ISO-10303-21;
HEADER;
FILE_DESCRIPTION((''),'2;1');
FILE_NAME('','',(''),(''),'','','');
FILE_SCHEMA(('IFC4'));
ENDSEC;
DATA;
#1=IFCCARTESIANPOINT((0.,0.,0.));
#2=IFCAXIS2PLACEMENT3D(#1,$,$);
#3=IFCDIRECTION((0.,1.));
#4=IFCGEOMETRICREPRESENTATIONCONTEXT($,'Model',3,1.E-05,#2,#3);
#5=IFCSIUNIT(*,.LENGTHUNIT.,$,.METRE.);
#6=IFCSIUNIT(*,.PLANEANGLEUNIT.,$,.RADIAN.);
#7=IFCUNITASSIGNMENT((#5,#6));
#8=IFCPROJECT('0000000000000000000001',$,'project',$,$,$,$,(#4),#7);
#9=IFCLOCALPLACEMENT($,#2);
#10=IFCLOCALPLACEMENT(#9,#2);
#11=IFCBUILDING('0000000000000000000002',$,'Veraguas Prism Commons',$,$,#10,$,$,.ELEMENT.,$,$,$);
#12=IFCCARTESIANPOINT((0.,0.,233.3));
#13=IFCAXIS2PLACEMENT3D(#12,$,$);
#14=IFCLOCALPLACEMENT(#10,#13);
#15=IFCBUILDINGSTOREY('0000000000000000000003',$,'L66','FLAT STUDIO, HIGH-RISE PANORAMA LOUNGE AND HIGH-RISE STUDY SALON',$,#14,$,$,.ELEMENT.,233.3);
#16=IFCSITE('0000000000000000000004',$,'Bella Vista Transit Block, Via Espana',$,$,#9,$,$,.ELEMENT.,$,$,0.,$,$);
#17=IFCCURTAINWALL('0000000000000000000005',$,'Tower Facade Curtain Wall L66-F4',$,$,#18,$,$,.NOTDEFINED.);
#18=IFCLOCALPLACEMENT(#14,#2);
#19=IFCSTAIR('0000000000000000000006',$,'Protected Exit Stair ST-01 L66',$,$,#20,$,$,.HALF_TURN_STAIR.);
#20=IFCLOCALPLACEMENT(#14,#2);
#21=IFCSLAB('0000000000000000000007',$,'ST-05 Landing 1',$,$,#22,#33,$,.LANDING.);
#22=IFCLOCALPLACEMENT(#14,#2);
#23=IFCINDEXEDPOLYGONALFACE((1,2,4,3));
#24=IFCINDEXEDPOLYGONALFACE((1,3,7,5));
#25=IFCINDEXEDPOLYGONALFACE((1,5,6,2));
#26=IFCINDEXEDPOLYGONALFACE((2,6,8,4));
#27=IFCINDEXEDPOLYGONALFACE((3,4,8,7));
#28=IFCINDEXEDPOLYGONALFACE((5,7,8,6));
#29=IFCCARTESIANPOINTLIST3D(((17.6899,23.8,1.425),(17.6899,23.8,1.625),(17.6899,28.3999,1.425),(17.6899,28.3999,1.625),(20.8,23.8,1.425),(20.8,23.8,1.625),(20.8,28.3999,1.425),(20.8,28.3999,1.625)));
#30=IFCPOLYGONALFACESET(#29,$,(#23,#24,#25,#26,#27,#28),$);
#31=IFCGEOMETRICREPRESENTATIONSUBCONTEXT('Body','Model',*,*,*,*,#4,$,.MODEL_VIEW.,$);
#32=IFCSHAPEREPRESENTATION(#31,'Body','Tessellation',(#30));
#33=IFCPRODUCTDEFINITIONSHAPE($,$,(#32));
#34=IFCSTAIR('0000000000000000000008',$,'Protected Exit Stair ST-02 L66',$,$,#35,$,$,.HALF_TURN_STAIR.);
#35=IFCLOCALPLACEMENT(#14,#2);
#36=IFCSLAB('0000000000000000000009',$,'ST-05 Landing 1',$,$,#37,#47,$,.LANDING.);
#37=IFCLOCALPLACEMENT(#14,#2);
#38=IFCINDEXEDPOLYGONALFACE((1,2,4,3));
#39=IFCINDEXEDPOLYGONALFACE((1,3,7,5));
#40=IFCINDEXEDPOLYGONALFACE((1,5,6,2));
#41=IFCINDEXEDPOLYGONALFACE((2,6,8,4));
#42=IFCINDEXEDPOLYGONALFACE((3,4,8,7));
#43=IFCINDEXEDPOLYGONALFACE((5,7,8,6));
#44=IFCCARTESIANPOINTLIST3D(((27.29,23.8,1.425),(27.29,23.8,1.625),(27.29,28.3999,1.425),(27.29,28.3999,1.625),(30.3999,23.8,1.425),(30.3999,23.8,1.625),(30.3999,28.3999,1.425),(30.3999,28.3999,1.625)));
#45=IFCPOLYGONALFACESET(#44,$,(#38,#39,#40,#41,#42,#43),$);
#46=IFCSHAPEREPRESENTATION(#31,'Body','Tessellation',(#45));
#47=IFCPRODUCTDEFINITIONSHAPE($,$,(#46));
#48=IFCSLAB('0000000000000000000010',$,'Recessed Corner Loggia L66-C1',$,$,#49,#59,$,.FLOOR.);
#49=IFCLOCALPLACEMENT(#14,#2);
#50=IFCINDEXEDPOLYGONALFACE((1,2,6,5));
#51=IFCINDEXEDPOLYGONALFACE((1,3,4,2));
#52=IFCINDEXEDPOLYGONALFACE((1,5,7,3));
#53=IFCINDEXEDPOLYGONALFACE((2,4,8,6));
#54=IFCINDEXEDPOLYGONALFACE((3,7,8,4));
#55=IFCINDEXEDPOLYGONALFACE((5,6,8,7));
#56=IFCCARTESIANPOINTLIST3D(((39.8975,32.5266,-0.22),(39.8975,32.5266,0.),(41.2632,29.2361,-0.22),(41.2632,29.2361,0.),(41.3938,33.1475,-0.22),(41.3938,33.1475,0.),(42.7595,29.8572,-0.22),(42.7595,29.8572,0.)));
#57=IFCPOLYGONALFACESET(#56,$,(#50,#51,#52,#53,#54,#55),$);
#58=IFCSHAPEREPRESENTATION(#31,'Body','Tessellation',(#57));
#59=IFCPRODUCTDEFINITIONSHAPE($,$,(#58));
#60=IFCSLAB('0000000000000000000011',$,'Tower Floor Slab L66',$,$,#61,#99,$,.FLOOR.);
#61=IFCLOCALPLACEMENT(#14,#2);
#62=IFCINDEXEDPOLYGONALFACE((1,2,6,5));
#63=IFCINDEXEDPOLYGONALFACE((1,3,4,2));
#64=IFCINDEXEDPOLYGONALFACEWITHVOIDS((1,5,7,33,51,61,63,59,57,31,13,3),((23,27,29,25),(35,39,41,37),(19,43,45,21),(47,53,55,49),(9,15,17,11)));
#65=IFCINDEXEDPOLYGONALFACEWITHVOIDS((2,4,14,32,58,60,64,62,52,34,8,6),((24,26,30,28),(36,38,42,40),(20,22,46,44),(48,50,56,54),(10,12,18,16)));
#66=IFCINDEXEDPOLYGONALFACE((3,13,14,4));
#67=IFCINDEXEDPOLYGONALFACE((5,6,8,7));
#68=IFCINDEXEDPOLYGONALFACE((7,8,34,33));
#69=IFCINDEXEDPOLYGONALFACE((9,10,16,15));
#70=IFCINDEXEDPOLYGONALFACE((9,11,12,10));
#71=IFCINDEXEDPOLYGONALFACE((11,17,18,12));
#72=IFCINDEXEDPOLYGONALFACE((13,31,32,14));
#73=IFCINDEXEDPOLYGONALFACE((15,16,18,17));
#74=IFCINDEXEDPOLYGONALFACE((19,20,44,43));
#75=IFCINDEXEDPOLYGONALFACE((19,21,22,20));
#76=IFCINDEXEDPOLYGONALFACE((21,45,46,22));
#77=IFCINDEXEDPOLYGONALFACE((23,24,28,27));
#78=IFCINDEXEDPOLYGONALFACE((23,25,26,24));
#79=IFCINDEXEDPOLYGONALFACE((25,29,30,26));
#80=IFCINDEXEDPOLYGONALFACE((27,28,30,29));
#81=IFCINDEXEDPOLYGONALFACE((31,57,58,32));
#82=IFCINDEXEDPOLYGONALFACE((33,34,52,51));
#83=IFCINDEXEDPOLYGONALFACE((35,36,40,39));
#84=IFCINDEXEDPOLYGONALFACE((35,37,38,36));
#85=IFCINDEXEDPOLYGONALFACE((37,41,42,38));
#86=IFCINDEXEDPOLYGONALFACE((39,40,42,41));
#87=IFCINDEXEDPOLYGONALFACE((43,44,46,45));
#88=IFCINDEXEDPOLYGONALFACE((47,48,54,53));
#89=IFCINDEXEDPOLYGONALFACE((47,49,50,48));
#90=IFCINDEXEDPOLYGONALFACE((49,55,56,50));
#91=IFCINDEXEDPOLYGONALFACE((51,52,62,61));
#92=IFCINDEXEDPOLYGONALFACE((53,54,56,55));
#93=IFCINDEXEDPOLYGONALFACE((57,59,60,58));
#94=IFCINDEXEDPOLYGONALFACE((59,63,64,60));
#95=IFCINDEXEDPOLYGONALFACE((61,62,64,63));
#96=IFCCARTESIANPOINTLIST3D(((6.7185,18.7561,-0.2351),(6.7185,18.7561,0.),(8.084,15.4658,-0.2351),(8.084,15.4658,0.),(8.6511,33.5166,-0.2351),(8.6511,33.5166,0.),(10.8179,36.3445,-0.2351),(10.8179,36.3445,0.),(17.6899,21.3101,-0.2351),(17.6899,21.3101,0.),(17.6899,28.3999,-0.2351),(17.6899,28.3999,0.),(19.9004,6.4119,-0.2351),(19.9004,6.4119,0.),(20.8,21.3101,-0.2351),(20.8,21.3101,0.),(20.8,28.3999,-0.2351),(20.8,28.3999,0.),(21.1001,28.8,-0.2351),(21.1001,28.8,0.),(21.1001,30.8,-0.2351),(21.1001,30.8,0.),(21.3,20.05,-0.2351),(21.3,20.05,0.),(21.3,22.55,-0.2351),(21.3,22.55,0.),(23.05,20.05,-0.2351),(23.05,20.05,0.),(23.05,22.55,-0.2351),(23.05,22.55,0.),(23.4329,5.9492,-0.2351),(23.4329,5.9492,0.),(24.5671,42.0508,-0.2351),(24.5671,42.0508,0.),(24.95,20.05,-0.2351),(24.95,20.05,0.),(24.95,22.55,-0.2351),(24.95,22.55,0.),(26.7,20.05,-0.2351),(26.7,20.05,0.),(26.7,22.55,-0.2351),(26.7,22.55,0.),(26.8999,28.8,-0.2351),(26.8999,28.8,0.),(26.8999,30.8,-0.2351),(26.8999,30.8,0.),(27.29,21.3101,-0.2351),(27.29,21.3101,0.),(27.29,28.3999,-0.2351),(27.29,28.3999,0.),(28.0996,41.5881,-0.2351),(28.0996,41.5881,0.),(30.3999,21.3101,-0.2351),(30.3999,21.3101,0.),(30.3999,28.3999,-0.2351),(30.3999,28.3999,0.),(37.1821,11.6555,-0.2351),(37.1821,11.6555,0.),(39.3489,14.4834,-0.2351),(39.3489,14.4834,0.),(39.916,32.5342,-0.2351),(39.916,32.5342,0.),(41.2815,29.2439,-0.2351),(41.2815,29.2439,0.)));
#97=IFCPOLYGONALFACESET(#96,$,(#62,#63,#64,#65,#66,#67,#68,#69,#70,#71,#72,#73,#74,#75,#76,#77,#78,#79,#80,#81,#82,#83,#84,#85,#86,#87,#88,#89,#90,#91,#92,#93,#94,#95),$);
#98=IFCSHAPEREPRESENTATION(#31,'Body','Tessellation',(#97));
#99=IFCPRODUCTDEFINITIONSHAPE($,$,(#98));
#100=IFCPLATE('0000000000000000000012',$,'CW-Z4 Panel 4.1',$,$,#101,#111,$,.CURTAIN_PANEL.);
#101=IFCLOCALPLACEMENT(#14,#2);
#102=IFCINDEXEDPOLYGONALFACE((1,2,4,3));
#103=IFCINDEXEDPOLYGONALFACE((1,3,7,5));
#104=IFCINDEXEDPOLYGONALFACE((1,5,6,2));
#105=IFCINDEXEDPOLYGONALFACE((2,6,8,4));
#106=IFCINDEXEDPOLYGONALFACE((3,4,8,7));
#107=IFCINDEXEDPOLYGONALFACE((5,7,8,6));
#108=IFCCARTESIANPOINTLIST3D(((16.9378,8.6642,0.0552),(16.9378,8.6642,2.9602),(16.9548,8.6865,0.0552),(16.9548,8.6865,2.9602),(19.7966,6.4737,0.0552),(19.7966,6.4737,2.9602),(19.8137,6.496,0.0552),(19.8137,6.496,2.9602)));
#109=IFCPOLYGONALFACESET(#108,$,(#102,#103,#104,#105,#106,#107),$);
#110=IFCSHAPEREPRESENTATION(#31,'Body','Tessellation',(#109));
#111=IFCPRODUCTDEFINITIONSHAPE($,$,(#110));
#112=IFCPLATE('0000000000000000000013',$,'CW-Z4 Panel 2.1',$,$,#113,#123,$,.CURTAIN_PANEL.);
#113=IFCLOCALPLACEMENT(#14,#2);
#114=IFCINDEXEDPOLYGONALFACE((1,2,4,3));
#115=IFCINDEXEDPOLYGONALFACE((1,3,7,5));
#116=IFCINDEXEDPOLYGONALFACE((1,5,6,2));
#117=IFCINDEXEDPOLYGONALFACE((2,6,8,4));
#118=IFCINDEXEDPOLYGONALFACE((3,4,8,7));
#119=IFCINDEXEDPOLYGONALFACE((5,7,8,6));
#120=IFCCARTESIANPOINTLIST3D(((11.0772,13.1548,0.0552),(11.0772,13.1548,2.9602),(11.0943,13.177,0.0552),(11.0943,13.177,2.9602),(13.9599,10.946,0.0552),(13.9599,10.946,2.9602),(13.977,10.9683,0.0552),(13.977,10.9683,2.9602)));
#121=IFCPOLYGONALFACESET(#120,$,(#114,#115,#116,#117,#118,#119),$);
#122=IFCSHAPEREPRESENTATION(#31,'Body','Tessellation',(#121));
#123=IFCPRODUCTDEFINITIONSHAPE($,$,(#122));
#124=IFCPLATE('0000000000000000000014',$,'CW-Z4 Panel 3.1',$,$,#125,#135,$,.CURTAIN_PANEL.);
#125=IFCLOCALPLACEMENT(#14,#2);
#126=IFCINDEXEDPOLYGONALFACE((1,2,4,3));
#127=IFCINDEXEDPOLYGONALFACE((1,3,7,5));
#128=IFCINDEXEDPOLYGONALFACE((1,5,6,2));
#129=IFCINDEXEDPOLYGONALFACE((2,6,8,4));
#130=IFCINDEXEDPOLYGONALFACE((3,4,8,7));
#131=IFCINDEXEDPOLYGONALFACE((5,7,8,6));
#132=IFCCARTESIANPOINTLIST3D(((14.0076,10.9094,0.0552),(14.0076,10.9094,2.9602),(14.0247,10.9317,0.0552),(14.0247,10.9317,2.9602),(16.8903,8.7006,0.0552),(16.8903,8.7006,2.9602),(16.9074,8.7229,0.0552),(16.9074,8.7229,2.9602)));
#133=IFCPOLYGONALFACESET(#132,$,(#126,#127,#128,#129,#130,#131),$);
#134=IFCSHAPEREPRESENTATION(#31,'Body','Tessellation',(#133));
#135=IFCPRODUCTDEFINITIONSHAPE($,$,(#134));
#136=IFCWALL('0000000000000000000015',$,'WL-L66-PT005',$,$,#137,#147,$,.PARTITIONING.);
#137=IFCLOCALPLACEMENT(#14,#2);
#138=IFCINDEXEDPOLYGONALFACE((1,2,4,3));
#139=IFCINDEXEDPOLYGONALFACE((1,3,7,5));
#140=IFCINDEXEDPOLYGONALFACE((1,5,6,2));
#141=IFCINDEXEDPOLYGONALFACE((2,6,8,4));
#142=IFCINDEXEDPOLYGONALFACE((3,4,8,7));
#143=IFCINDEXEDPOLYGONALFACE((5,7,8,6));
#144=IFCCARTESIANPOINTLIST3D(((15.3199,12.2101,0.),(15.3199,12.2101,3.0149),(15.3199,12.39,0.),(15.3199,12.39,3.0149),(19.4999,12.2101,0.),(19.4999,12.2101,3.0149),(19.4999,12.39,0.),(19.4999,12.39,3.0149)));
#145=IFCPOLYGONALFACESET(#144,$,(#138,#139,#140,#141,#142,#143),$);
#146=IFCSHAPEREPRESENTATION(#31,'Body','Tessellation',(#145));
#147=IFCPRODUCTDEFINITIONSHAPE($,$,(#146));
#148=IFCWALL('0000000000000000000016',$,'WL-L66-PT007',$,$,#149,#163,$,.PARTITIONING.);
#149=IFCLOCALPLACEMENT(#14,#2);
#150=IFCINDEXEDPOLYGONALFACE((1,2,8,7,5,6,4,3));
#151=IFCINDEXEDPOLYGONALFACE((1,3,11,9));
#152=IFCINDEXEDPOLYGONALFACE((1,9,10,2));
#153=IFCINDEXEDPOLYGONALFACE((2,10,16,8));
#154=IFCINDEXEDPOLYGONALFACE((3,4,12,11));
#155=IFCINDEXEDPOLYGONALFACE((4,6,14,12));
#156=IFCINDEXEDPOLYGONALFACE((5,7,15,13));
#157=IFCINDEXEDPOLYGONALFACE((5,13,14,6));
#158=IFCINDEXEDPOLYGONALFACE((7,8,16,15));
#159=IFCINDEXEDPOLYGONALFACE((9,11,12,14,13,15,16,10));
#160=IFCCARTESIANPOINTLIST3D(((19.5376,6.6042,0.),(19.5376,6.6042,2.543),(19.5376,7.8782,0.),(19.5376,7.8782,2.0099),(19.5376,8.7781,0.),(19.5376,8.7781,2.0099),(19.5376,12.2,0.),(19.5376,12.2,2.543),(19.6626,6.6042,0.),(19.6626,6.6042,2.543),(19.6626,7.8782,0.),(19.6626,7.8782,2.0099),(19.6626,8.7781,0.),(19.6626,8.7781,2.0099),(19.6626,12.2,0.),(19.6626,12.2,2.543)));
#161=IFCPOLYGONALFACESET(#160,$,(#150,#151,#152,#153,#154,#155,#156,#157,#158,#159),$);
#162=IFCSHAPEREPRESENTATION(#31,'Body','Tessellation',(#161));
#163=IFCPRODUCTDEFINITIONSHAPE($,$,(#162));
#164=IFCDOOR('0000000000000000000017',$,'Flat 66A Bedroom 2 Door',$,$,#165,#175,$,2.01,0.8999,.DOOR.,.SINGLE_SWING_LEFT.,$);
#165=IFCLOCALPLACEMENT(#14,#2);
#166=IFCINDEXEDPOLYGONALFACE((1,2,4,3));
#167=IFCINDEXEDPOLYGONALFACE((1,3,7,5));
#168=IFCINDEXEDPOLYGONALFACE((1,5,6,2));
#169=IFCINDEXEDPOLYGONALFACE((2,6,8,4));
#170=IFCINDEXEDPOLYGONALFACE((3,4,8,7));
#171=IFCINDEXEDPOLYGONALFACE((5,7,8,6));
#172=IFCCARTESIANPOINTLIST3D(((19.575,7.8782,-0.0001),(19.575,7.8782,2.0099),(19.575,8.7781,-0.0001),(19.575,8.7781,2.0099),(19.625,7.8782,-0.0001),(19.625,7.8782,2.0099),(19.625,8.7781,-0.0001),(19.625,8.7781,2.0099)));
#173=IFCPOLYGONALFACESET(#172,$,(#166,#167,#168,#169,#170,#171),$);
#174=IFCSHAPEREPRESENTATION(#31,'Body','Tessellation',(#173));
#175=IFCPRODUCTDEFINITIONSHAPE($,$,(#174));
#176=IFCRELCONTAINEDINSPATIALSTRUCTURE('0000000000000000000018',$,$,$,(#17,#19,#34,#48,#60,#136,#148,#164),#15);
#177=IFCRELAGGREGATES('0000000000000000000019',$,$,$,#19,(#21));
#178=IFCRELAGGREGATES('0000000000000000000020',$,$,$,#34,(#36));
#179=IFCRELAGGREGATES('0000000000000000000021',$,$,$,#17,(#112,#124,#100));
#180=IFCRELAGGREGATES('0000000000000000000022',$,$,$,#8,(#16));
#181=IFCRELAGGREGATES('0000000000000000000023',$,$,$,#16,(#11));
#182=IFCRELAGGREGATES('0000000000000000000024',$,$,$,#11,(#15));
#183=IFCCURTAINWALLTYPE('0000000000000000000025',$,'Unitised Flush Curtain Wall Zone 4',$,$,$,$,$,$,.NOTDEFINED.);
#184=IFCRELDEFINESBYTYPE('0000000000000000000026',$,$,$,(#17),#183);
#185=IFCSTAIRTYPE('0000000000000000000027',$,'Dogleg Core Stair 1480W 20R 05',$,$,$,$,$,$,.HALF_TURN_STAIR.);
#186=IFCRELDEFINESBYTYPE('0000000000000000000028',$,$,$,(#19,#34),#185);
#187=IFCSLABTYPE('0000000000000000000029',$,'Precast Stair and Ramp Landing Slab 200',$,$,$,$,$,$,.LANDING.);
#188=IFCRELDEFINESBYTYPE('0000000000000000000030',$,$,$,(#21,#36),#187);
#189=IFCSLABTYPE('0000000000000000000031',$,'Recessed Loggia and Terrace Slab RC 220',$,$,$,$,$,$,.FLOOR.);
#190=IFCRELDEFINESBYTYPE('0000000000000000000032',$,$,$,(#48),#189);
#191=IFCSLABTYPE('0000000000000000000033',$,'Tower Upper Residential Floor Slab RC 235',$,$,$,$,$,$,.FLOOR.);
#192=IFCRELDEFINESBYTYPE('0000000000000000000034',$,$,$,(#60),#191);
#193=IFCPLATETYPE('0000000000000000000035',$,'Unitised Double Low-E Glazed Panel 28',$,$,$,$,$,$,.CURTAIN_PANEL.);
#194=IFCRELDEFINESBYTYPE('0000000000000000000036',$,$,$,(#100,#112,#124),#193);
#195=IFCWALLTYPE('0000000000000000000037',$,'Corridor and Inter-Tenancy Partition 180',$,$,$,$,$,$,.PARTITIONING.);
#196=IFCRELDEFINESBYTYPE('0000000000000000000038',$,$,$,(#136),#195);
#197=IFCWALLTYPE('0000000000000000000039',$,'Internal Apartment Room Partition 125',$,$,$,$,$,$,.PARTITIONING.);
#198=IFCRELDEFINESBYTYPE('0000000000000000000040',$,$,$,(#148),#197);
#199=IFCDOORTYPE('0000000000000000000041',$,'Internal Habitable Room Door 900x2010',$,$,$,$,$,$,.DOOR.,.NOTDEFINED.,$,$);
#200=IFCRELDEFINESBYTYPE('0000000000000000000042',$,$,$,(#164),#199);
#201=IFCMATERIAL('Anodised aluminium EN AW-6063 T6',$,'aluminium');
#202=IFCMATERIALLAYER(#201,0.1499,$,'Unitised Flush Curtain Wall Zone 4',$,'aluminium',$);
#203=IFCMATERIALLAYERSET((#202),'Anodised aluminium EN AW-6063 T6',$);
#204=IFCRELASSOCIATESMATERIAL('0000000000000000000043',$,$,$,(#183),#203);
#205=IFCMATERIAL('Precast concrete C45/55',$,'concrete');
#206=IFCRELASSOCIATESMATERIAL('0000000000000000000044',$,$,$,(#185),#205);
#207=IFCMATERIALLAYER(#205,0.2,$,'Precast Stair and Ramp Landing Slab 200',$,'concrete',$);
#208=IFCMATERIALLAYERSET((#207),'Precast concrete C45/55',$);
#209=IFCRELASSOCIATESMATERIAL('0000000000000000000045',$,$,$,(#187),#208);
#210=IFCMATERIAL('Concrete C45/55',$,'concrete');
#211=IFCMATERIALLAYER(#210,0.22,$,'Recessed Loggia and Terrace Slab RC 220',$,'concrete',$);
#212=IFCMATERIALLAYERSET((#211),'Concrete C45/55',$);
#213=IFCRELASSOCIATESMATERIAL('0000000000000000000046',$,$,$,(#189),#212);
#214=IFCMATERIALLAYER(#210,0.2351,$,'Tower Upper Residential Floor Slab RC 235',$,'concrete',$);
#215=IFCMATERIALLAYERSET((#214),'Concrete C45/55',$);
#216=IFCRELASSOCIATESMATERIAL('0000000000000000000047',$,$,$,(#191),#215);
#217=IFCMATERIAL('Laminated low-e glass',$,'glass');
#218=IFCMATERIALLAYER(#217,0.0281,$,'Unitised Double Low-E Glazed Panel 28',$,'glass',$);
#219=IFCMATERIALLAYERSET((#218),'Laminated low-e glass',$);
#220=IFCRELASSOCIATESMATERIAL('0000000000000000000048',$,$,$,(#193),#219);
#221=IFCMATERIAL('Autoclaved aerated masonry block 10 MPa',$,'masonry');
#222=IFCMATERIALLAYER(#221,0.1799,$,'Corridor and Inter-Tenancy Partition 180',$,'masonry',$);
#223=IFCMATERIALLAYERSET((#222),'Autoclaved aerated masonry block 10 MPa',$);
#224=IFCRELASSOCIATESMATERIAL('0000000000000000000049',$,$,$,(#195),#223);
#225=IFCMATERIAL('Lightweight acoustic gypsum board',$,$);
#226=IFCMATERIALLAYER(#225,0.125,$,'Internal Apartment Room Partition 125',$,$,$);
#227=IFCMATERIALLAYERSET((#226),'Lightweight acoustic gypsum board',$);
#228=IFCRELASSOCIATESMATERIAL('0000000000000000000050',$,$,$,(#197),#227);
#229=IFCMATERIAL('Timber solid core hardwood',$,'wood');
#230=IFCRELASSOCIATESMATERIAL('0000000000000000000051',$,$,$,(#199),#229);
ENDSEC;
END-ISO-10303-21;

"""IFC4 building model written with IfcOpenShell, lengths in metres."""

from ifc_helpers import new_model, si_unit, direction, frame, frame_2d, origin, origin_2d, place, context, subcontext, project, spatial, polyline, rectangle, outline, extrude, source, transform, mapped, material, layer, layer_set, type_object, element, fill, aggregate, save


model = new_model("IFC4")

# Units and contexts
model_context = context("Model", 3, precision=1e-05, world=origin(), true_north=direction((0.0, 1.0)))
body_context = subcontext(model_context, "Body", "Model", "MODEL_VIEW")
ifc_project = project(units=[si_unit("LENGTHUNIT", "METRE"), si_unit("PLANEANGLEUNIT", "RADIAN")], contexts=[model_context])

# Site, building, storey
site_placement = place(None, origin())
site = spatial("IfcSite", under=ifc_project, at=site_placement, Name="Bella Vista Transit Block, Via Espana", CompositionType="ELEMENT", RefElevation=0.0)
building_placement = place(site_placement, origin())
building = spatial("IfcBuilding", under=site, at=building_placement, Name="Veraguas Prism Commons", CompositionType="ELEMENT")
storey_placement = place(building_placement, frame((0.0, 0.0, 233.3)))
storey = spatial("IfcBuildingStorey", under=building, at=storey_placement, Name="L66", Description="FLAT STUDIO, HIGH-RISE PANORAMA LOUNGE AND HIGH-RISE STUDY SALON", CompositionType="ELEMENT", Elevation=233.3)

# Curtain wall
ifc_material_1 = material(Name="Anodised aluminium EN AW-6063 T6", Category="aluminium")
ifc_layer_1 = layer(ifc_material_1, 0.1499, Name="Unitised Flush Curtain Wall Zone 4", Category="aluminium")
ifc_layer_set_1 = layer_set([ifc_layer_1], Name="Anodised aluminium EN AW-6063 T6")
curtain_wall_type = type_object("IfcCurtainWallType", Name="Unitised Flush Curtain Wall Zone 4", PredefinedType="NOTDEFINED", material=ifc_layer_set_1)
curtain_wall_1_placement = place(storey_placement, origin())
curtain_wall_1 = element("IfcCurtainWall", 1, at=curtain_wall_1_placement, inside=storey, type_object=curtain_wall_type, Name="Tower Facade Curtain Wall L66-F4", PredefinedType="NOTDEFINED")

# Stairs, slabs
ifc_material_2 = material(Name="Precast concrete C45/55", Category="concrete")
stair_type = type_object("IfcStairType", Name="Dogleg Core Stair 1480W 20R 05", PredefinedType="HALF_TURN_STAIR", material=ifc_material_2)
stair_1_placement = place(storey_placement, origin())
stair_1 = element("IfcStair", 2, at=stair_1_placement, inside=storey, type_object=stair_type, Name="Protected Exit Stair ST-01 L66", PredefinedType="HALF_TURN_STAIR")
ifc_layer_2 = layer(ifc_material_2, 0.2, Name="Precast Stair and Ramp Landing Slab 200", Category="concrete")
ifc_layer_set_2 = layer_set([ifc_layer_2], Name="Precast concrete C45/55")
slab_type_1 = type_object("IfcSlabType", Name="Precast Stair and Ramp Landing Slab 200", PredefinedType="LANDING", material=ifc_layer_set_2)
slab_1_placement = place(storey_placement, frame((0.0, 0.0, 1.425)))
slab_1 = element("IfcSlab", 3, at=slab_1_placement, type_object=slab_type_1, Name="ST-05 Landing 1", PredefinedType="LANDING", context=body_context, shape_type="SweptSolid", body=[
    extrude(outline(polyline([(20.8, 23.8), (20.8, 28.3999), (17.6899, 28.3999), (17.6899, 23.8), (20.8, 23.8)])), origin(), (0.0, 0.0, 1.0), 0.2),
])
aggregate(stair_1, [slab_1])
stair_2_placement = place(storey_placement, origin())
stair_2 = element("IfcStair", 4, at=stair_2_placement, inside=storey, type_object=stair_type, Name="Protected Exit Stair ST-02 L66", PredefinedType="HALF_TURN_STAIR")
slab_2_placement = place(storey_placement, frame((0.0, 0.0, 1.425)))
slab_2 = element("IfcSlab", 5, at=slab_2_placement, type_object=slab_type_1, Name="ST-05 Landing 1", PredefinedType="LANDING", context=body_context, shape_type="SweptSolid", body=[
    extrude(outline(polyline([(30.3999, 23.8), (30.3999, 28.3999), (27.29, 28.3999), (27.29, 23.8), (30.3999, 23.8)])), origin(), (0.0, 0.0, 1.0), 0.2),
])
aggregate(stair_2, [slab_2])

# Slabs
ifc_material_3 = material(Name="Concrete C45/55", Category="concrete")
ifc_layer_3 = layer(ifc_material_3, 0.22, Name="Recessed Loggia and Terrace Slab RC 220", Category="concrete")
ifc_layer_set_3 = layer_set([ifc_layer_3], Name="Concrete C45/55")
slab_type_2 = type_object("IfcSlabType", Name="Recessed Loggia and Terrace Slab RC 220", PredefinedType="FLOOR", material=ifc_layer_set_3)
slab_3_placement = place(storey_placement, frame((0.0, 0.0, -0.22)))
element("IfcSlab", 6, at=slab_3_placement, inside=storey, type_object=slab_type_2, Name="Recessed Corner Loggia L66-C1", PredefinedType="FLOOR", context=body_context, shape_type="SweptSolid", body=[
    extrude(outline(polyline([(41.2632, 29.2361), (42.7595, 29.8572), (41.3938, 33.1475), (39.8975, 32.5266), (41.2632, 29.2361)])), origin(), (0.0, 0.0, 1.0), 0.22),
])
ifc_layer_4 = layer(ifc_material_3, 0.2351, Name="Tower Upper Residential Floor Slab RC 235", Category="concrete")
ifc_layer_set_4 = layer_set([ifc_layer_4], Name="Concrete C45/55")
slab_type_3 = type_object("IfcSlabType", Name="Tower Upper Residential Floor Slab RC 235", PredefinedType="FLOOR", material=ifc_layer_set_4)
slab_4_placement = place(storey_placement, frame((0.0, 0.0, -0.2351)))
element("IfcSlab", 7, at=slab_4_placement, inside=storey, type_object=slab_type_3, Name="Tower Floor Slab L66", PredefinedType="FLOOR", context=body_context, shape_type="SweptSolid", body=[
    extrude(outline(polyline([(41.2815, 29.2439), (39.916, 32.5342), (28.0996, 41.5881), (24.5671, 42.0508), (10.8179, 36.3445), (8.6511, 33.5166), (6.7185, 18.7561), (8.084, 15.4658), (19.9004, 6.4119), (23.4329, 5.9492), (37.1821, 11.6555), (39.3489, 14.4834), (41.2815, 29.2439)]), holes=[polyline([(20.8, 21.3101), (20.8, 28.3999), (17.6899, 28.3999), (17.6899, 21.3101), (20.8, 21.3101)]), polyline([(30.3999, 21.3101), (30.3999, 28.3999), (27.29, 28.3999), (27.29, 21.3101), (30.3999, 21.3101)]), polyline([(21.1001, 28.8), (26.8999, 28.8), (26.8999, 30.8), (21.1001, 30.8), (21.1001, 28.8)]), polyline([(21.3, 20.05), (23.05, 20.05), (23.05, 22.55), (21.3, 22.55), (21.3, 20.05)]), polyline([(24.95, 20.05), (26.7, 20.05), (26.7, 22.55), (24.95, 22.55), (24.95, 20.05)])]), origin(), (0.0, 0.0, 1.0), 0.2351),
])

# Plates
ifc_material_4 = material(Name="Laminated low-e glass", Category="glass")
ifc_layer_5 = layer(ifc_material_4, 0.0281, Name="Unitised Double Low-E Glazed Panel 28", Category="glass")
ifc_layer_set_5 = layer_set([ifc_layer_5], Name="Laminated low-e glass")
plate_type = type_object("IfcPlateType", Name="Unitised Double Low-E Glazed Panel 28", PredefinedType="CURTAIN_PANEL", material=ifc_layer_set_5)
shared_shape_1 = source(origin(), body_context, "Body", "SweptSolid", [
    extrude(rectangle(XDim=3.6016, YDim=0.0281, at=origin_2d()), origin(), (0.0, 0.0, 1.0), 2.905),
])
plate_1_placement = place(storey_placement, frame((18.3757, 7.5801, 0.0552), z_axis=(0.0, 0.0, 1.0), x_axis=(0.79378, -0.608205, 0.0)))
plate_1 = element("IfcPlate", 8, at=plate_1_placement, type_object=plate_type, Name="CW-Z4 Panel 4.1", PredefinedType="CURTAIN_PANEL", context=body_context, shape_type="MappedRepresentation", body=[
    mapped(shared_shape_1, transform((0.0, 0.0, 0.0), scale=1.0)),
])
shared_shape_2 = source(origin(), body_context, "Body", "SweptSolid", [
    extrude(rectangle(XDim=3.6316, YDim=0.0281, at=origin_2d()), origin(), (0.0, 0.0, 1.0), 2.905),
])
plate_2_placement = place(storey_placement, frame((12.5271, 12.0615, 0.0552), z_axis=(0.0, 0.0, 1.0), x_axis=(0.79378, -0.608205, 0.0)))
plate_2 = element("IfcPlate", 9, at=plate_2_placement, type_object=plate_type, Name="CW-Z4 Panel 2.1", PredefinedType="CURTAIN_PANEL", context=body_context, shape_type="MappedRepresentation", body=[
    mapped(shared_shape_2, transform((0.0, 0.0, 0.0), scale=1.0)),
])
plate_3_placement = place(storey_placement, frame((15.4575, 9.8162, 0.0552), z_axis=(0.0, 0.0, 1.0), x_axis=(0.79378, -0.608205, 0.0)))
plate_3 = element("IfcPlate", 10, at=plate_3_placement, type_object=plate_type, Name="CW-Z4 Panel 3.1", PredefinedType="CURTAIN_PANEL", context=body_context, shape_type="MappedRepresentation", body=[
    mapped(shared_shape_2, transform((0.0, 0.0, 0.0), scale=1.0)),
])
aggregate(curtain_wall_1, [plate_2, plate_3, plate_1])

# Wall
ifc_material_5 = material(Name="Autoclaved aerated masonry block 10 MPa", Category="masonry")
ifc_layer_6 = layer(ifc_material_5, 0.1799, Name="Corridor and Inter-Tenancy Partition 180", Category="masonry")
ifc_layer_set_6 = layer_set([ifc_layer_6], Name="Autoclaved aerated masonry block 10 MPa")
wall_type_1 = type_object("IfcWallType", Name="Corridor and Inter-Tenancy Partition 180", PredefinedType="PARTITIONING", material=ifc_layer_set_6)
wall_1_placement = place(storey_placement, frame((15.3201, 12.3, 0.0), z_axis=(0.0, 0.0, 1.0), x_axis=(1.0, 0.0, 0.0)))
element("IfcWall", 11, at=wall_1_placement, inside=storey, type_object=wall_type_1, Name="WL-L66-PT005", PredefinedType="PARTITIONING", context=body_context, shape_type="SweptSolid", body=[
    extrude(rectangle(XDim=4.1799, YDim=0.1799, at=frame_2d((2.0898, 0.0))), origin(), (0.0, 0.0, 1.0), 3.0149),
])

# Wall, opening, door
ifc_material_6 = material(Name="Lightweight acoustic gypsum board")
ifc_layer_7 = layer(ifc_material_6, 0.125, Name="Internal Apartment Room Partition 125")
ifc_layer_set_7 = layer_set([ifc_layer_7], Name="Lightweight acoustic gypsum board")
wall_type_2 = type_object("IfcWallType", Name="Internal Apartment Room Partition 125", PredefinedType="PARTITIONING", material=ifc_layer_set_7)
wall_2_placement = place(storey_placement, frame((19.6001, 12.2, 0.0), z_axis=(0.0, 0.0, 1.0), x_axis=(0.0, -1.0, 0.0)))
wall_2 = element("IfcWall", 12, at=wall_2_placement, inside=storey, type_object=wall_type_2, Name="WL-L66-PT007", PredefinedType="PARTITIONING", context=body_context, shape_type="SweptSolid", body=[
    extrude(rectangle(XDim=5.5957, YDim=0.125, at=frame_2d((2.7979, 0.0))), origin(), (0.0, 0.0, 1.0), 2.543),
])
opening_1_placement = place(wall_2_placement, frame((3.4219, 0.0, 0.0)))
opening_1 = element("IfcOpeningElement", 13, at=opening_1_placement, cuts=wall_2, PredefinedType="OPENING", context=body_context, shape_type="SweptSolid", body=[
    extrude(rectangle(XDim=0.8999, YDim=2.01, at=frame_2d((0.45, 1.0049))), frame((0.0, 0.0725, 0.0), z_axis=(0.0, -1.0, 0.0), x_axis=(1.0, 0.0, 0.0)), (0.0, 0.0, 1.0), 0.145),
])
ifc_material_7 = material(Name="Timber solid core hardwood", Category="wood")
door_type_1 = type_object("IfcDoorType", Name="Internal Habitable Room Door 900x2010", OperationType="NOTDEFINED", PredefinedType="DOOR", material=ifc_material_7)
shared_shape_3 = source(origin(), body_context, "Body", "SweptSolid", [
    extrude(rectangle(XDim=0.8999, YDim=2.01, at=frame_2d((0.45, 1.0049))), frame((0.0, 0.0249, 0.0), z_axis=(0.0, -1.0, 0.0), x_axis=(1.0, 0.0, 0.0)), (0.0, 0.0, 1.0), 0.05),
])
door_1_placement = place(opening_1_placement, origin())
door_1 = element("IfcDoor", 14, at=door_1_placement, inside=storey, type_object=door_type_1, Name="Flat 66A Bedroom 2 Door", OperationType="SINGLE_SWING_LEFT", OverallHeight=2.01, OverallWidth=0.8999, PredefinedType="DOOR", context=body_context, shape_type="MappedRepresentation", body=[
    mapped(shared_shape_3, transform((0.0, 0.0, 0.0), scale=1.0)),
])
fill(opening_1, door_1)

save(model, "model.ifc")
